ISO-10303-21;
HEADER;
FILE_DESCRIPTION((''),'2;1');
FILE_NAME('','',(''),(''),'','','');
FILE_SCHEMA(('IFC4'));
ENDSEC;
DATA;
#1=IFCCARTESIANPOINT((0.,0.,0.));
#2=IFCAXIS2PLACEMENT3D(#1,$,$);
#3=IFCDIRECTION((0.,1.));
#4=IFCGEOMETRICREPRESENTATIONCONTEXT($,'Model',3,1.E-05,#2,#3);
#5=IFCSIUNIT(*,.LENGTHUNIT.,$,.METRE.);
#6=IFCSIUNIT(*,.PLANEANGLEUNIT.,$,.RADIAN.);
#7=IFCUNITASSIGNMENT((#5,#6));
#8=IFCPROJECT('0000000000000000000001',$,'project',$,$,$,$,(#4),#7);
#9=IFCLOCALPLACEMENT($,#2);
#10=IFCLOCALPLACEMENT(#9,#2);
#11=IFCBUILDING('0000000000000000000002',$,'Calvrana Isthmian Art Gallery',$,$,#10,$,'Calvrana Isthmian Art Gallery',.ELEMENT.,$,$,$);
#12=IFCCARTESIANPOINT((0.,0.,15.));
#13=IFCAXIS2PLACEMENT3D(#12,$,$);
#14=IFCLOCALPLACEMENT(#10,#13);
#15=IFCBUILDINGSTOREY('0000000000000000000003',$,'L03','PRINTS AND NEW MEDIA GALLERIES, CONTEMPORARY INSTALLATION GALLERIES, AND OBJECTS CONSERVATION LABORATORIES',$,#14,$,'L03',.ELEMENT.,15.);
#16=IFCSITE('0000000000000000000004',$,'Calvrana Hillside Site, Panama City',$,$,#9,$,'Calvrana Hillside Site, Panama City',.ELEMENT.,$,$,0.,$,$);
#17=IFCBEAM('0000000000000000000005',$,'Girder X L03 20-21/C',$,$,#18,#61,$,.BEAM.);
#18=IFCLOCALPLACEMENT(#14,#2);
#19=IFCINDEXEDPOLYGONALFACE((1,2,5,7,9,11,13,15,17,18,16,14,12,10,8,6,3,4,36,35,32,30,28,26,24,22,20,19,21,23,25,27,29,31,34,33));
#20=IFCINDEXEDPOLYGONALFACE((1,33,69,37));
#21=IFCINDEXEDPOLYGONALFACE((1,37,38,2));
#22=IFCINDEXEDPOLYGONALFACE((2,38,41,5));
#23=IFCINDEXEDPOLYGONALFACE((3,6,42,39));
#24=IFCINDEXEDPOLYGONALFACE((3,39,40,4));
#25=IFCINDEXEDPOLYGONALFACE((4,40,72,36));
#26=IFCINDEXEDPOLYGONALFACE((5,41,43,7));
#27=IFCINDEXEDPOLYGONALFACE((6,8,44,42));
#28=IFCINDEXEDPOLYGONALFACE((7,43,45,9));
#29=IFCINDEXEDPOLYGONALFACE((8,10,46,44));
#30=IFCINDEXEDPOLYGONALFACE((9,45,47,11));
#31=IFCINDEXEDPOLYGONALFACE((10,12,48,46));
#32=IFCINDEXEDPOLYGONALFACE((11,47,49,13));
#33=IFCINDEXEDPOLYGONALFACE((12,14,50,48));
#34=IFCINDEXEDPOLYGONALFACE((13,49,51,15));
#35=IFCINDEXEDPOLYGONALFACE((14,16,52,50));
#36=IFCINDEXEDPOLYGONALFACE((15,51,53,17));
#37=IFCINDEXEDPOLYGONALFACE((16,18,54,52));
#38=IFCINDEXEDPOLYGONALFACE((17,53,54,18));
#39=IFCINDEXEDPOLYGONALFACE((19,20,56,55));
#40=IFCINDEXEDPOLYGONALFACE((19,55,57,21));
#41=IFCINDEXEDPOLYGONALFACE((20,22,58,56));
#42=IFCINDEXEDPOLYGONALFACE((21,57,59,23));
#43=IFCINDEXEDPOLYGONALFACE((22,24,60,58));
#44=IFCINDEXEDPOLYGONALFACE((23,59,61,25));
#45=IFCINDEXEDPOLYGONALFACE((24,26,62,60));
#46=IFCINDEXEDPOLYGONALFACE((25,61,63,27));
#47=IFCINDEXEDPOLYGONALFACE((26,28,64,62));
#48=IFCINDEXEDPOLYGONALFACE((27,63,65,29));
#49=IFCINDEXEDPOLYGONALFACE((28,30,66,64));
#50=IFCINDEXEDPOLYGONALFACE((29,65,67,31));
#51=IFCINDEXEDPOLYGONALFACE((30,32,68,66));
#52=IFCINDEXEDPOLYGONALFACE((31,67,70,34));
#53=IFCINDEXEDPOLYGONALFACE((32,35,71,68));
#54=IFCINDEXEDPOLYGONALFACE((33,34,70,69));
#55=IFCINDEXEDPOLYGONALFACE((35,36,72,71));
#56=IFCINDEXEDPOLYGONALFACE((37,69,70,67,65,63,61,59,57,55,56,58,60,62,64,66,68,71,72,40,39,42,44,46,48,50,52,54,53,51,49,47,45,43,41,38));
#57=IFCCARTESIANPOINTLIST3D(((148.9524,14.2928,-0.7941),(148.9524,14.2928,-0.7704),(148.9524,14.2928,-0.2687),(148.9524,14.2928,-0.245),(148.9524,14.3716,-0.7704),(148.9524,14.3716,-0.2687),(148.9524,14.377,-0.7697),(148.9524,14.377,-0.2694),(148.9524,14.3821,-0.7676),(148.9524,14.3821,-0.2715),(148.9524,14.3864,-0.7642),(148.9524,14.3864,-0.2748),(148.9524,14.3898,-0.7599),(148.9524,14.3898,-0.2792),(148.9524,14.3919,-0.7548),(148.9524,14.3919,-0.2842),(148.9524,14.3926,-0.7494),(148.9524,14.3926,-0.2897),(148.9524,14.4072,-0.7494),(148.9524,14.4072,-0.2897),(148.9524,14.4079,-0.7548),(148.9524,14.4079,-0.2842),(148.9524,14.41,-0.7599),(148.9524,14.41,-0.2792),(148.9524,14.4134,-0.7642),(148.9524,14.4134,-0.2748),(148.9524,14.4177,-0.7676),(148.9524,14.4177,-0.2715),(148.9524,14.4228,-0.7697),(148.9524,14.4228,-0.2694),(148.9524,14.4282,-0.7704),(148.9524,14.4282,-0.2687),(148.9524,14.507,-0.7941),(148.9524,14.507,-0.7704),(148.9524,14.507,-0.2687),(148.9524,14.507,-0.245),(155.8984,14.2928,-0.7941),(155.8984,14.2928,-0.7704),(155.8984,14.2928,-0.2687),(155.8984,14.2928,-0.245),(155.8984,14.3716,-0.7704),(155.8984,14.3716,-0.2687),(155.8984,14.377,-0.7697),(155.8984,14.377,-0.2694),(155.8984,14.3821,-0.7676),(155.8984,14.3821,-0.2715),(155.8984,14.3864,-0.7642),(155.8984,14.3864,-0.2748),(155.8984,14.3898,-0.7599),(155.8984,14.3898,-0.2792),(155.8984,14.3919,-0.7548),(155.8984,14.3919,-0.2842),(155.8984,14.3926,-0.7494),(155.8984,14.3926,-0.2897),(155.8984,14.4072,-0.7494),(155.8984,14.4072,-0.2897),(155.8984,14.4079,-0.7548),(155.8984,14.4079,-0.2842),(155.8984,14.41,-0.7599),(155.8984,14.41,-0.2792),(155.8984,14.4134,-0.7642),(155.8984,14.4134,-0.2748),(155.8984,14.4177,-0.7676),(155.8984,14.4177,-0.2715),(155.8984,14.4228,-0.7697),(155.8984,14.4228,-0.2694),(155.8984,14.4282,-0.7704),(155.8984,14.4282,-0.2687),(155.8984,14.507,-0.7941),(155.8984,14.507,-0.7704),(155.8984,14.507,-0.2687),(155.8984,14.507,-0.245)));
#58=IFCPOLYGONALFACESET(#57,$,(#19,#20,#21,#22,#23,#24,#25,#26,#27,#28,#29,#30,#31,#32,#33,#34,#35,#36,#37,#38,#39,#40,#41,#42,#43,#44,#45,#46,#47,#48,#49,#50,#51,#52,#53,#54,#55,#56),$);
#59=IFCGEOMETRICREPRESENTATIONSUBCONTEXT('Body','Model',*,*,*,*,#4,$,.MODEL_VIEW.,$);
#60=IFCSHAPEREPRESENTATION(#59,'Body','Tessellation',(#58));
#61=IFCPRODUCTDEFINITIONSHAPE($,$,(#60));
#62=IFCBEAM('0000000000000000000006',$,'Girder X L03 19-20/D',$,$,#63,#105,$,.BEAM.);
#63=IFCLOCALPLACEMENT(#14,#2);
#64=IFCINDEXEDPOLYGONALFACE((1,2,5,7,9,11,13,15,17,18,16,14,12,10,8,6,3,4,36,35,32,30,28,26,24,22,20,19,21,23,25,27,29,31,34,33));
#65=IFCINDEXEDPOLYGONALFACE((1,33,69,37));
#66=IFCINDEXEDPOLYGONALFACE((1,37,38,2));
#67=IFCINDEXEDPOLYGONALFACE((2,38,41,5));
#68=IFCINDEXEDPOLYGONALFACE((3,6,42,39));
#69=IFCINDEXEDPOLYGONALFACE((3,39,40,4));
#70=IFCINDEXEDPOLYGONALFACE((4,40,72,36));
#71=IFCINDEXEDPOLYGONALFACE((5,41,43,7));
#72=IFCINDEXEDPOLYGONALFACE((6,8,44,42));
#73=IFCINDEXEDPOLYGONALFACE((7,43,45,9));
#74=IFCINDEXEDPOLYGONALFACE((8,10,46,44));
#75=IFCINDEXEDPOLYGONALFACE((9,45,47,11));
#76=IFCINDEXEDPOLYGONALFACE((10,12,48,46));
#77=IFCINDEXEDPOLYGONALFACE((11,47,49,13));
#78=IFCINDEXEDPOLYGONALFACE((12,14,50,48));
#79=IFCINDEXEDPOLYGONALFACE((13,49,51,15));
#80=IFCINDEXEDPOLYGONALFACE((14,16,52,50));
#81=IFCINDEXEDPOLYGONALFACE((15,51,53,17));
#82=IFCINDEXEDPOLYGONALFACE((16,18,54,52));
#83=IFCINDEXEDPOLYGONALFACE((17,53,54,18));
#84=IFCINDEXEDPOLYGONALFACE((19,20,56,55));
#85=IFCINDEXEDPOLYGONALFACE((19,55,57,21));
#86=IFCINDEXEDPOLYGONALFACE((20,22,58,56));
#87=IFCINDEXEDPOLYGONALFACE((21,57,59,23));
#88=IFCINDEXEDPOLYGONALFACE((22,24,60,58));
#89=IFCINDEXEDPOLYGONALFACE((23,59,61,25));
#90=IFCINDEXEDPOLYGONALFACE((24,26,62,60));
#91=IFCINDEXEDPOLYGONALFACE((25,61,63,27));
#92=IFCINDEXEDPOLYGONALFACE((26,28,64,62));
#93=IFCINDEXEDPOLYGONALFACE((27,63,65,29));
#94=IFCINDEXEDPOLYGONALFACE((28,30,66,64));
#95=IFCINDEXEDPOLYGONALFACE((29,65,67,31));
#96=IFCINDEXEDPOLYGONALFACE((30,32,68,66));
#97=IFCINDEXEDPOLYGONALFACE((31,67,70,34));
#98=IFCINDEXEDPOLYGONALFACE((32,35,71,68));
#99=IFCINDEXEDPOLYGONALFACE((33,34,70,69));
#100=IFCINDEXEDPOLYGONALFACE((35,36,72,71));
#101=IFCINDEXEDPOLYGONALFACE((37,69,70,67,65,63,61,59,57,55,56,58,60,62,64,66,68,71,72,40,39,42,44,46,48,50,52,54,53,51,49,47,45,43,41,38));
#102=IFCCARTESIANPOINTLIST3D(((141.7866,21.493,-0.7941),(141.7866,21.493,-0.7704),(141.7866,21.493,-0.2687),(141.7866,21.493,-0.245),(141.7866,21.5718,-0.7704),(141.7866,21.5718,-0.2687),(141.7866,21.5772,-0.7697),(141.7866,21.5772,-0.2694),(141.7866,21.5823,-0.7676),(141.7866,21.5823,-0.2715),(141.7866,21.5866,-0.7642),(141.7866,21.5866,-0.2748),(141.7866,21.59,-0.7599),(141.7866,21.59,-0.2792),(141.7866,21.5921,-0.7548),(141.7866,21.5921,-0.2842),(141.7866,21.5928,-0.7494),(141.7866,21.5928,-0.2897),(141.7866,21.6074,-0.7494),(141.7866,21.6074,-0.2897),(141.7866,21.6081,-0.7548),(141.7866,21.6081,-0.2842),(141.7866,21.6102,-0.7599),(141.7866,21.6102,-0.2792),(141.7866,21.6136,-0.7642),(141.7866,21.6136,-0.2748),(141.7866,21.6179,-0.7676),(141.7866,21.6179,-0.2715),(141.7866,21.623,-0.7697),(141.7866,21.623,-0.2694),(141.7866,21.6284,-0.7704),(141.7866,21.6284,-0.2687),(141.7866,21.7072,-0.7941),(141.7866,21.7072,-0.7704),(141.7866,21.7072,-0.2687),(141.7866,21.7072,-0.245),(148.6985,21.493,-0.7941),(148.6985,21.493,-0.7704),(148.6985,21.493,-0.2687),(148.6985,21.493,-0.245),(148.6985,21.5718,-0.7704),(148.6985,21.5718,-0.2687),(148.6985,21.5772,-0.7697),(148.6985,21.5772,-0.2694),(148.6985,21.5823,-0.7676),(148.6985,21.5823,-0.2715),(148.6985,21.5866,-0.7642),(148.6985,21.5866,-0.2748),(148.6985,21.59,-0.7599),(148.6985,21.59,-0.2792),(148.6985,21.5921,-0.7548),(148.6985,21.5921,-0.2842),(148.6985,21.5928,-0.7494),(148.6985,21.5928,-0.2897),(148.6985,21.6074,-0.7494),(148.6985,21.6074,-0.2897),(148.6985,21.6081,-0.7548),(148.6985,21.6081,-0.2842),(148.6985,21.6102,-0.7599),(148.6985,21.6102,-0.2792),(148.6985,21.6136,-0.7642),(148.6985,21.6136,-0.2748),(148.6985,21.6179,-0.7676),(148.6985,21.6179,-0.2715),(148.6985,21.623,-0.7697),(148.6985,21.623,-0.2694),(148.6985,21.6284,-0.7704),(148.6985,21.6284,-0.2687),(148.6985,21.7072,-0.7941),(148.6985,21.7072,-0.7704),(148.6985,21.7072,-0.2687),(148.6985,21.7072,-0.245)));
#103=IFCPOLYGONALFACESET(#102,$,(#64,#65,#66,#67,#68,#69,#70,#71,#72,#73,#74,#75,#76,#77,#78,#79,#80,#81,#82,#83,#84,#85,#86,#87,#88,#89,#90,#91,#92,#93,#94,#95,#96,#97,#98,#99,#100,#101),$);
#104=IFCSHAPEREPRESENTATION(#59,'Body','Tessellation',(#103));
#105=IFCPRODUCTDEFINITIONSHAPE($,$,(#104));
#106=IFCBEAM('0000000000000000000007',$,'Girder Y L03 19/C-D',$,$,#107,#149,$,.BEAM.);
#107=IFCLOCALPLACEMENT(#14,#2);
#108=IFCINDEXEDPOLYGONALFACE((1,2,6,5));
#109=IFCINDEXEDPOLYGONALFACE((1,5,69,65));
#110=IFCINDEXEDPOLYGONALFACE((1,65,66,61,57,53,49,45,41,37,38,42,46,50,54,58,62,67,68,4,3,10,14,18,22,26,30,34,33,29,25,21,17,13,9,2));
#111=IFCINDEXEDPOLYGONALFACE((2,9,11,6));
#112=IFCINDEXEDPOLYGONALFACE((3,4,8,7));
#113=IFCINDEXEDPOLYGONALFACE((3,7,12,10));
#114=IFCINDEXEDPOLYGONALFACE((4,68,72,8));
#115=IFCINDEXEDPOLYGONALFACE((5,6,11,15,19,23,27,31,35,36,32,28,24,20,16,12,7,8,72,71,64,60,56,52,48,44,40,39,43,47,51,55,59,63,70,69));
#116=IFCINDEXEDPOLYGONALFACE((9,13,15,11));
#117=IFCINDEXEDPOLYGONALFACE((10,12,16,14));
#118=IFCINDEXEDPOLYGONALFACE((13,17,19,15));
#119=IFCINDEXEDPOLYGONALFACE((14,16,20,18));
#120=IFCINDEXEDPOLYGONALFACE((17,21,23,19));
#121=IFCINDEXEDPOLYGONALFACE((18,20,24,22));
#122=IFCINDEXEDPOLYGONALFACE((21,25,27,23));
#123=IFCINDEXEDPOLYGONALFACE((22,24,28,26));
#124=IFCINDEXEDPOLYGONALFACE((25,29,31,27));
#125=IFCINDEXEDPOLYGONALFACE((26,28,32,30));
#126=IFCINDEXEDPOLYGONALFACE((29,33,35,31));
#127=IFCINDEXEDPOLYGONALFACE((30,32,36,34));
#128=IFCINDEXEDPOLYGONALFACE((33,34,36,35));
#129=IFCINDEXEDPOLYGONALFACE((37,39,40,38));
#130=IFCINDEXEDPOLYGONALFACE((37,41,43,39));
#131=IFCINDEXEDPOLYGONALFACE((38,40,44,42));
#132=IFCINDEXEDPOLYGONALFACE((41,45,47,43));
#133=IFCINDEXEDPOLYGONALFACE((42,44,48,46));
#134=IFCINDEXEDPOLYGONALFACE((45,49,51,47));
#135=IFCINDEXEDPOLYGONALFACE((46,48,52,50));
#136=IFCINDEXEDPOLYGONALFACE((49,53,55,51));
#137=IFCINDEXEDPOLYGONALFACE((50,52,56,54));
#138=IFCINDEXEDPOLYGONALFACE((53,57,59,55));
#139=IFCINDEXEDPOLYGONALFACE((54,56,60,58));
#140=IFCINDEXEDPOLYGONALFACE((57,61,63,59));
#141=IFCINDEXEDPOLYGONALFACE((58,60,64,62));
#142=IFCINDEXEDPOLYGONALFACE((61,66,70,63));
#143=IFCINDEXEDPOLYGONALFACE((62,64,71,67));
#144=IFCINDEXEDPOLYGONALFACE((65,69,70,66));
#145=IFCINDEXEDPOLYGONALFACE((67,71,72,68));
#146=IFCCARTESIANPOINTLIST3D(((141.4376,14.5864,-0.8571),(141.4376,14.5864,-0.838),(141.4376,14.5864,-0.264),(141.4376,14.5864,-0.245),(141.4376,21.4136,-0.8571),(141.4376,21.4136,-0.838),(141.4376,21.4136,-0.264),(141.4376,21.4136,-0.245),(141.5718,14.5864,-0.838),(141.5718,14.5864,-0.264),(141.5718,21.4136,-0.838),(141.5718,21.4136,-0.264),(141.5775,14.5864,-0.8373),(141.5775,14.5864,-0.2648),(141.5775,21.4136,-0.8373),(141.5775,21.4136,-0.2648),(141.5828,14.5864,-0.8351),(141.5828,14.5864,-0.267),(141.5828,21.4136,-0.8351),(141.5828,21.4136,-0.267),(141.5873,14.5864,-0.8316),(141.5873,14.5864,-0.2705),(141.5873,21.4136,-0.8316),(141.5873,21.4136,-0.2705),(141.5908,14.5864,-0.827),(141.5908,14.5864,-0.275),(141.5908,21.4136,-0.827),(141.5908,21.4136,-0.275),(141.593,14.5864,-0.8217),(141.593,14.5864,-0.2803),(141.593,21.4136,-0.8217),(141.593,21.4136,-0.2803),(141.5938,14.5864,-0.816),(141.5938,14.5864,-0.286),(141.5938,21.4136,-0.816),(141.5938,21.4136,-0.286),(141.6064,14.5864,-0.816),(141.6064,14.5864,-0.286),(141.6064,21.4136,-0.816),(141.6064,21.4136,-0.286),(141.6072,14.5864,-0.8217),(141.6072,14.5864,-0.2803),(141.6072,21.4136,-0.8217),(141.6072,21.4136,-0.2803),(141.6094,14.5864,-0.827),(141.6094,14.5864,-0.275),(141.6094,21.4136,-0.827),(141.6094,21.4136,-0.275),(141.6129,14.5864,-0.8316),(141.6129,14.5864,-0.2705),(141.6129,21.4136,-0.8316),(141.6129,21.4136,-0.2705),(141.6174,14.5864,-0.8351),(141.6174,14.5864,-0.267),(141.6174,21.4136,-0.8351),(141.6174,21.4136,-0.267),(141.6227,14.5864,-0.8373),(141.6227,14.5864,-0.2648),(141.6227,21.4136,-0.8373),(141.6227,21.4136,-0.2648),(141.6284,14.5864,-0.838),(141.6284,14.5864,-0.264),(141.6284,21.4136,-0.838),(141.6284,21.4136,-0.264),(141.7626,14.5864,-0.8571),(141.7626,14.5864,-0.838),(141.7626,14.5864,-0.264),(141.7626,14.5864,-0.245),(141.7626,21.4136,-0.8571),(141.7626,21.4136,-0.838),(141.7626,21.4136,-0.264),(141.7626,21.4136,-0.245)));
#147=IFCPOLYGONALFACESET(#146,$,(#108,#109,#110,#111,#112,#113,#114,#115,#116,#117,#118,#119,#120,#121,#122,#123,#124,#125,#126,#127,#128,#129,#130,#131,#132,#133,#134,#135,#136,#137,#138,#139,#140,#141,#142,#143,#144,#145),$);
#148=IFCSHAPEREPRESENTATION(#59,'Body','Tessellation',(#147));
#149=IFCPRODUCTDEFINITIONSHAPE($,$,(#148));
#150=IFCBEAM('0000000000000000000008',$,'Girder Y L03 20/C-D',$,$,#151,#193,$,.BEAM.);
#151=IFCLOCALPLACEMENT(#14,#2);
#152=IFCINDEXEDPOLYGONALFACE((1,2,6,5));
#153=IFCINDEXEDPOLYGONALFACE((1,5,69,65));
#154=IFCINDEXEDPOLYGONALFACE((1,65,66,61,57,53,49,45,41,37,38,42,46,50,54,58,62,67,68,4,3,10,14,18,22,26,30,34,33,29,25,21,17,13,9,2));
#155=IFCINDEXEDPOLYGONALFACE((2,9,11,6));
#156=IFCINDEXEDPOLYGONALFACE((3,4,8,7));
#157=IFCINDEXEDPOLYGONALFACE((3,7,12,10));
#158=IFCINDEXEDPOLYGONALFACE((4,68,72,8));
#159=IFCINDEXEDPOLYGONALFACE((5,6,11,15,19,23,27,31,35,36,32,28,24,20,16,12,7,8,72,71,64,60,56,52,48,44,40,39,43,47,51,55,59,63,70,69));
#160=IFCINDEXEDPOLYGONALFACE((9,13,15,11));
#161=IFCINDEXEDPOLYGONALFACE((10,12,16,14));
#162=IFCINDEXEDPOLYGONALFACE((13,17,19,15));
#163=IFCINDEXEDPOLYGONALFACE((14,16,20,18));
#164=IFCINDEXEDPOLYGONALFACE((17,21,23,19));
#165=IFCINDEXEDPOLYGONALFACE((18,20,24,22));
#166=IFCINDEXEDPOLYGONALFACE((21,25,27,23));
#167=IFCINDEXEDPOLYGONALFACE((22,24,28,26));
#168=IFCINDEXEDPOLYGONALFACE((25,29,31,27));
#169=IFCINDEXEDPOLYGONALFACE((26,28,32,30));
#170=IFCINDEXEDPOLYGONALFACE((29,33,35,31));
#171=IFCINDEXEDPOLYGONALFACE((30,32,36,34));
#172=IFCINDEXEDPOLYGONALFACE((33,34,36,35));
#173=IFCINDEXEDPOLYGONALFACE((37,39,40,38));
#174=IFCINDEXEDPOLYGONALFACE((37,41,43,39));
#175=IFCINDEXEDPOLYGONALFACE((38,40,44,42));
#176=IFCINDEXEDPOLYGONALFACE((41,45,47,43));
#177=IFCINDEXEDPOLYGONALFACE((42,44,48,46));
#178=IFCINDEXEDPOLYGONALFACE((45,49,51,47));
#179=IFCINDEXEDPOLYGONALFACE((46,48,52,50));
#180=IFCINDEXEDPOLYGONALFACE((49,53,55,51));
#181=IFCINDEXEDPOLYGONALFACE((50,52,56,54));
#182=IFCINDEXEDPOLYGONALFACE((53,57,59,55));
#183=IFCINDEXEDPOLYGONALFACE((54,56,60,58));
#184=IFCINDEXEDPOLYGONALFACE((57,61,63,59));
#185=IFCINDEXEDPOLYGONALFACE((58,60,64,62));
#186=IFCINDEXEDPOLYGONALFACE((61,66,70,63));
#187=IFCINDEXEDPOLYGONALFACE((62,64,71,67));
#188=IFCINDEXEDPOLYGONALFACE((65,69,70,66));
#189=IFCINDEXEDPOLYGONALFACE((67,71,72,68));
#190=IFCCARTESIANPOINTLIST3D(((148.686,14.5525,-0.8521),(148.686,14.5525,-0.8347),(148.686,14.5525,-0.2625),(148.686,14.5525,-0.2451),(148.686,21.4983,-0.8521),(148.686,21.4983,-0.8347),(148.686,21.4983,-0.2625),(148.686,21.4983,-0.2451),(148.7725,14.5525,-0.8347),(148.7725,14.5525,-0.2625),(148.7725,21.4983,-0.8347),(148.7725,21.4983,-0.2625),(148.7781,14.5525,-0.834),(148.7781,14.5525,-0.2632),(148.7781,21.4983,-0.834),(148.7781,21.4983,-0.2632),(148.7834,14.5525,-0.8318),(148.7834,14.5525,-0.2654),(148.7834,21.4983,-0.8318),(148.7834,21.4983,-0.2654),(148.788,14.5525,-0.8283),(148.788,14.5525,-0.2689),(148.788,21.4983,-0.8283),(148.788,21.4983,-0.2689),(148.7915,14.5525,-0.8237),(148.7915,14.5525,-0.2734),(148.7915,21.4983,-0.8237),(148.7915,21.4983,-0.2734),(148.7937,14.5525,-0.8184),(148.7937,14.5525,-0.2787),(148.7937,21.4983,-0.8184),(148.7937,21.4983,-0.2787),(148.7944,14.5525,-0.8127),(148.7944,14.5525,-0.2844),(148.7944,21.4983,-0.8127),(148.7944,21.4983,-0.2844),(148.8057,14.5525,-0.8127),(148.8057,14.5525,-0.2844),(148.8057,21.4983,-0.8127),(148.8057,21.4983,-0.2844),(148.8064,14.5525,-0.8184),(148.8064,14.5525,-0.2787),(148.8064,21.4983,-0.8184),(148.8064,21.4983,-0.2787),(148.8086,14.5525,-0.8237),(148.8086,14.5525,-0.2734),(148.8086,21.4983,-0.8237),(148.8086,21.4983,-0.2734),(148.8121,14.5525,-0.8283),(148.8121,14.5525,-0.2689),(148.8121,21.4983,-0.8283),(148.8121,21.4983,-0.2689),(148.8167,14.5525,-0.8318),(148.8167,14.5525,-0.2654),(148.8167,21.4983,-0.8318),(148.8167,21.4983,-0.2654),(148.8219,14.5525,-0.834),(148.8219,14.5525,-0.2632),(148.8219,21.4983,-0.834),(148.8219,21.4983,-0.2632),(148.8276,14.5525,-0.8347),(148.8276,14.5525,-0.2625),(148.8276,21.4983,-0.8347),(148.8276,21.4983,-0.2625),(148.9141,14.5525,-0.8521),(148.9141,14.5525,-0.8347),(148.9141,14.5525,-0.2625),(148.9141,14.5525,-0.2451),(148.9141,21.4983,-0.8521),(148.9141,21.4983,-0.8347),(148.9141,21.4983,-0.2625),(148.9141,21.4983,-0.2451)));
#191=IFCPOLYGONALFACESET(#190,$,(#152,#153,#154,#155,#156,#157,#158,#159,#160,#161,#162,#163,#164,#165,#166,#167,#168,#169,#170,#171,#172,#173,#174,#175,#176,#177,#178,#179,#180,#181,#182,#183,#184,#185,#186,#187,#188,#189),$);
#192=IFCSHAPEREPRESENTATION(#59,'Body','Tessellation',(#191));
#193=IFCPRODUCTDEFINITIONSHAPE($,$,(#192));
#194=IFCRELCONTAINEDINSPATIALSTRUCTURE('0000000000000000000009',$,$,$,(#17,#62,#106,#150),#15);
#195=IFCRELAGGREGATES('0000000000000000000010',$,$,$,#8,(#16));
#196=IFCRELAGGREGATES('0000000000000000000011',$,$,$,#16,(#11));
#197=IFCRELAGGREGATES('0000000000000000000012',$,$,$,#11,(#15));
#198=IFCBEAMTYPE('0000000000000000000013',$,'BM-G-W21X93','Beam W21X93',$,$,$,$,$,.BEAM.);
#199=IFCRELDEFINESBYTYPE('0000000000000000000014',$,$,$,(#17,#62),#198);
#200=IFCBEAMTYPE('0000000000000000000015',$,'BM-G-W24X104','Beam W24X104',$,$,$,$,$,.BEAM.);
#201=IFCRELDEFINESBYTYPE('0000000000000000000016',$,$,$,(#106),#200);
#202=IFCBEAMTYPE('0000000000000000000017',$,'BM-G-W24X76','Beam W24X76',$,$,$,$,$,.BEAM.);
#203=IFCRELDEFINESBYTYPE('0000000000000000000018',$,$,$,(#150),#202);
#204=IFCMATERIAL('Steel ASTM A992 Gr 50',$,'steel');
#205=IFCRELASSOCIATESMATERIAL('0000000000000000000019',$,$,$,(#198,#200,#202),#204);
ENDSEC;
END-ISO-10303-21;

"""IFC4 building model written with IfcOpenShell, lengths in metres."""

from ifc_helpers import new_model, si_unit, direction, frame, origin, origin_2d, place, context, subcontext, project, spatial, i_section, extrude, material, material_profile, profile_set, type_object, element, save


model = new_model("IFC4")

# Units and contexts
model_context = context("Model", 3, precision=1e-05, world=origin(), true_north=direction((0.0, 1.0)))
body_context = subcontext(model_context, "Body", "Model", "MODEL_VIEW")
ifc_project = project(units=[si_unit("LENGTHUNIT", "METRE"), si_unit("PLANEANGLEUNIT", "RADIAN")], contexts=[model_context])

# Site, building, storey
site_placement = place(None, origin())
site = spatial("IfcSite", under=ifc_project, at=site_placement, Name="Calvrana Hillside Site, Panama City", LongName="Calvrana Hillside Site, Panama City", CompositionType="ELEMENT", RefElevation=0.0)
building_placement = place(site_placement, origin())
building = spatial("IfcBuilding", under=site, at=building_placement, Name="Calvrana Isthmian Art Gallery", LongName="Calvrana Isthmian Art Gallery", CompositionType="ELEMENT")
storey_placement = place(building_placement, frame((0.0, 0.0, 15.0)))
storey = spatial("IfcBuildingStorey", under=building, at=storey_placement, Name="L03", Description="PRINTS AND NEW MEDIA GALLERIES, CONTEMPORARY INSTALLATION GALLERIES, AND OBJECTS CONSERVATION LABORATORIES", LongName="L03", CompositionType="ELEMENT", Elevation=15.0)

# Shared definitions
ifc_material_1 = material(Name="Steel ASTM A992 Gr 50", Category="steel")

# Beams
ifc_material_profile_1 = material_profile(ifc_material_1, i_section(OverallWidth=0.2141, OverallDepth=0.5491, WebThickness=0.0146, FlangeThickness=0.0237, FilletRadius=0.021, at=origin_2d()), Name="W21X93")
ifc_profile_set_1 = profile_set([ifc_material_profile_1], Name="Steel ASTM A992 Gr 50")
beam_type_1 = type_object("IfcBeamType", Name="BM-G-W21X93", Description="Beam W21X93", PredefinedType="BEAM", material=ifc_profile_set_1)
beam_1_placement = place(storey_placement, frame((148.9524, 14.3999, -0.5195), z_axis=(1.0, 0.0, 0.0), x_axis=(0.0, 1.0, 0.0)))
element("IfcBeam", 1, at=beam_1_placement, inside=storey, type_object=beam_type_1, Name="Girder X L03 20-21/C", PredefinedType="BEAM", context=body_context, shape_type="SweptSolid", body=[
    extrude(i_section(OverallWidth=0.2141, OverallDepth=0.5491, WebThickness=0.0146, FlangeThickness=0.0237, FilletRadius=0.021, at=origin_2d()), origin(), (0.0, 0.0, 1.0), 6.946),
])
beam_2_placement = place(storey_placement, frame((141.7866, 21.6001, -0.5195), z_axis=(1.0, 0.0, 0.0), x_axis=(0.0, 1.0, 0.0)))
element("IfcBeam", 2, at=beam_2_placement, inside=storey, type_object=beam_type_1, Name="Girder X L03 19-20/D", PredefinedType="BEAM", context=body_context, shape_type="SweptSolid", body=[
    extrude(i_section(OverallWidth=0.2141, OverallDepth=0.5491, WebThickness=0.0146, FlangeThickness=0.0237, FilletRadius=0.021, at=origin_2d()), origin(), (0.0, 0.0, 1.0), 6.9119),
])
ifc_material_profile_2 = material_profile(ifc_material_1, i_section(OverallWidth=0.325, OverallDepth=0.6121, WebThickness=0.0127, FlangeThickness=0.019, FilletRadius=0.022, at=origin_2d()), Name="W24X104")
ifc_profile_set_2 = profile_set([ifc_material_profile_2], Name="Steel ASTM A992 Gr 50")
beam_type_2 = type_object("IfcBeamType", Name="BM-G-W24X104", Description="Beam W24X104", PredefinedType="BEAM", material=ifc_profile_set_2)
beam_3_placement = place(storey_placement, frame((141.6001, 14.5864, -0.551), z_axis=(0.0, 1.0, 0.0), x_axis=(-1.0, 0.0, 0.0)))
element("IfcBeam", 3, at=beam_3_placement, inside=storey, type_object=beam_type_2, Name="Girder Y L03 19/C-D", PredefinedType="BEAM", context=body_context, shape_type="SweptSolid", body=[
    extrude(i_section(OverallWidth=0.325, OverallDepth=0.6121, WebThickness=0.0127, FlangeThickness=0.019, FilletRadius=0.022, at=origin_2d()), origin(), (0.0, 0.0, 1.0), 6.8271),
])
ifc_material_profile_3 = material_profile(ifc_material_1, i_section(OverallWidth=0.228, OverallDepth=0.6069, WebThickness=0.0112, FlangeThickness=0.0173, FilletRadius=0.022, at=origin_2d()), Name="W24X76")
ifc_profile_set_3 = profile_set([ifc_material_profile_3], Name="Steel ASTM A992 Gr 50")
beam_type_3 = type_object("IfcBeamType", Name="BM-G-W24X76", Description="Beam W24X76", PredefinedType="BEAM", material=ifc_profile_set_3)
beam_4_placement = place(storey_placement, frame((148.8, 14.5525, -0.5486), z_axis=(0.0, 1.0, 0.0), x_axis=(-1.0, 0.0, 0.0)))
element("IfcBeam", 4, at=beam_4_placement, inside=storey, type_object=beam_type_3, Name="Girder Y L03 20/C-D", PredefinedType="BEAM", context=body_context, shape_type="SweptSolid", body=[
    extrude(i_section(OverallWidth=0.228, OverallDepth=0.6069, WebThickness=0.0112, FlangeThickness=0.0173, FilletRadius=0.022, at=origin_2d()), origin(), (0.0, 0.0, 1.0), 6.9458),
])

save(model, "model.ifc")
